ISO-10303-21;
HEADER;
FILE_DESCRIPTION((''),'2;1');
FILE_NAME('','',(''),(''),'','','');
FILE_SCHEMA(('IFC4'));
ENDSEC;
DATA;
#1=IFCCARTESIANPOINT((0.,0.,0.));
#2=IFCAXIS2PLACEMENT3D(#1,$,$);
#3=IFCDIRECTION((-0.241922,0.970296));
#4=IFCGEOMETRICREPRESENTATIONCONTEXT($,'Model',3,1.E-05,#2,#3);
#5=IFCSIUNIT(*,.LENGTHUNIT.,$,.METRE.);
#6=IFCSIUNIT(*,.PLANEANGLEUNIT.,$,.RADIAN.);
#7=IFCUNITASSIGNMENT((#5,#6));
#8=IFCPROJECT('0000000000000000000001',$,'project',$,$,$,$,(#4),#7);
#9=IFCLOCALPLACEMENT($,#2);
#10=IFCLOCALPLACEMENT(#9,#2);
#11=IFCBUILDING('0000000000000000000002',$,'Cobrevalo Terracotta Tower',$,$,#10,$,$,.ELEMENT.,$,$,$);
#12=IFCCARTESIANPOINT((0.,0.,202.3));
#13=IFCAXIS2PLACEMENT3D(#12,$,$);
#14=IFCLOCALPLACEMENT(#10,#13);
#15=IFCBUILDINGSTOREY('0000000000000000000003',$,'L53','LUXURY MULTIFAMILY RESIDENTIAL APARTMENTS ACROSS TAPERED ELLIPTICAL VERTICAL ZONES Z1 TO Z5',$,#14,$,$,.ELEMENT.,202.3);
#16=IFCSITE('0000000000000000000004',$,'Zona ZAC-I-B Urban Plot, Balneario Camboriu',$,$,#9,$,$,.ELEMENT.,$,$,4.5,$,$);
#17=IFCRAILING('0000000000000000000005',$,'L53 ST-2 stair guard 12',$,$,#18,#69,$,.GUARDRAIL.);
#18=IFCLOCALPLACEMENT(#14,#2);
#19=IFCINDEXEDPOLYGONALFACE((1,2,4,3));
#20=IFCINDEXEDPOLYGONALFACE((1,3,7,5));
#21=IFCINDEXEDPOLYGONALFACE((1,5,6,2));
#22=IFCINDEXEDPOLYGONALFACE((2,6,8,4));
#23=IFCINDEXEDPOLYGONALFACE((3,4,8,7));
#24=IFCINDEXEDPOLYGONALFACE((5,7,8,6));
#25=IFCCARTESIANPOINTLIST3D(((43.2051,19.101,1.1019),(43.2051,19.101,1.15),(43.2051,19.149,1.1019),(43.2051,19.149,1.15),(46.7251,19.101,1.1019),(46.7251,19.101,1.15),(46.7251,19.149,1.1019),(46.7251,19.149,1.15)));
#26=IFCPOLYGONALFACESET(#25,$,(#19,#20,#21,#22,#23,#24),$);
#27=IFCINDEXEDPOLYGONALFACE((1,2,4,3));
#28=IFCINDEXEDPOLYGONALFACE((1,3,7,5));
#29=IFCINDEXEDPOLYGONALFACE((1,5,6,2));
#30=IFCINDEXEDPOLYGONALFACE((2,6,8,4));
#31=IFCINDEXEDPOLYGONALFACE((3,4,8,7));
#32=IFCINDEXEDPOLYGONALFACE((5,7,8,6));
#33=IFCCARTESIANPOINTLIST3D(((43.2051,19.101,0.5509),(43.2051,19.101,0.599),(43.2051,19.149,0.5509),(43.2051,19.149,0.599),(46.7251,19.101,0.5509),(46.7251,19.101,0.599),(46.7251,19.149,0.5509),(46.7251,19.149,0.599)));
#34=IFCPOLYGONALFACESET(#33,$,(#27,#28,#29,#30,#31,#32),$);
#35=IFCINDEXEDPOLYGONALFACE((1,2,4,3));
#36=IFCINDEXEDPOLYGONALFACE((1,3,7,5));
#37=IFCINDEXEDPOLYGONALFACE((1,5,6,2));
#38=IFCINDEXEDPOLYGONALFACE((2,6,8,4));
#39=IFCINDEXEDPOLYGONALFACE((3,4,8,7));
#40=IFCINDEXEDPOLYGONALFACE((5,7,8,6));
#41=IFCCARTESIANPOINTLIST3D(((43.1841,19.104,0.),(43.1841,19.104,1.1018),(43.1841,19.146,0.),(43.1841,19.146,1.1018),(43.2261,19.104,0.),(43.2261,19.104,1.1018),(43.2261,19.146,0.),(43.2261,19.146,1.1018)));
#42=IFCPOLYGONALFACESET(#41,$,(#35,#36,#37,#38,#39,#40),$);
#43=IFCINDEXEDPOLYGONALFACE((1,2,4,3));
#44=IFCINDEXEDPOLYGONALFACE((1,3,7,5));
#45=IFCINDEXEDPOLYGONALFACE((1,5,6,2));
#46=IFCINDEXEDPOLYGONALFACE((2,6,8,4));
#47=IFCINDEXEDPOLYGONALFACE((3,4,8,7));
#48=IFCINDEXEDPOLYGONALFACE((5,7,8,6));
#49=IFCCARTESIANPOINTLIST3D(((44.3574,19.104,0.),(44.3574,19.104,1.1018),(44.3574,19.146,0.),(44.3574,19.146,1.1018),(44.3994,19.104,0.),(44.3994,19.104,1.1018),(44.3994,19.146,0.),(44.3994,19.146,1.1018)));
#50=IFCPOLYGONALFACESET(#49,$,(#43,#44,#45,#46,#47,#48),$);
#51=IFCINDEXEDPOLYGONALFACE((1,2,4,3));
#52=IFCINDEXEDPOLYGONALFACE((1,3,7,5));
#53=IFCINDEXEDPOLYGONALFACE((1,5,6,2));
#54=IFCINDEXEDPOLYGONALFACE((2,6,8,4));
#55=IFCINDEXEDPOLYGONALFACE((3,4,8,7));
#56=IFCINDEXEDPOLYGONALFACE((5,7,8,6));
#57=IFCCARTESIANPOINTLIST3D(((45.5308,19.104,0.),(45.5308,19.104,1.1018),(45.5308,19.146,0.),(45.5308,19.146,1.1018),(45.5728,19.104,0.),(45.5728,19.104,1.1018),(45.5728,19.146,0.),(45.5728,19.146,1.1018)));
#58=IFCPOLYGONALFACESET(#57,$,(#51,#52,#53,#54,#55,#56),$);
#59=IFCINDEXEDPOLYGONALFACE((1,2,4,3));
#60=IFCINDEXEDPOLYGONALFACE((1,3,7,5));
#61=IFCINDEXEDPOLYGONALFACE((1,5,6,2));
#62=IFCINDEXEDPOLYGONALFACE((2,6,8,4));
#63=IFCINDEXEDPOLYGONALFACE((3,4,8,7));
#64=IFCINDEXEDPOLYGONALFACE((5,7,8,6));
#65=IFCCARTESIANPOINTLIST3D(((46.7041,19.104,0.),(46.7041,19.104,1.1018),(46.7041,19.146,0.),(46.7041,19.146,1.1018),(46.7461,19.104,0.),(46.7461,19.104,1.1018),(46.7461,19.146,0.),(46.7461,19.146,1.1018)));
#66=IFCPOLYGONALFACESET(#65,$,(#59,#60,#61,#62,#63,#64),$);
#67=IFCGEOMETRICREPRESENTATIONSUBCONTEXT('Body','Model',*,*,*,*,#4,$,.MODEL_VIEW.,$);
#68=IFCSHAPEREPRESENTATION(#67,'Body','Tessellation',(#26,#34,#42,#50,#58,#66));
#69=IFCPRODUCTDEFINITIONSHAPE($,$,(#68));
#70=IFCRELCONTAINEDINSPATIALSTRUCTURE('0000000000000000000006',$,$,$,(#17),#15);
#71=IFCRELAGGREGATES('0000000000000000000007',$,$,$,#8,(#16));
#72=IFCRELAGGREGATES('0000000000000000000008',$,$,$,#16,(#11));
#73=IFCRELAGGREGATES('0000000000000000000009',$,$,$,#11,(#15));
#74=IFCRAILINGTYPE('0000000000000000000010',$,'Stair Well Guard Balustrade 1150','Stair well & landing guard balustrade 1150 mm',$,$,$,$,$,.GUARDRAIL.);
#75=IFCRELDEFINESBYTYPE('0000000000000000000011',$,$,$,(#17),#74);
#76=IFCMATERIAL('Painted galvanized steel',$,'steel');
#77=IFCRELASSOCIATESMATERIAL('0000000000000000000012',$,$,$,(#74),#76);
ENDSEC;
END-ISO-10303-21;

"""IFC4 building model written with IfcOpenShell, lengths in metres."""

from ifc_helpers import new_model, si_unit, direction, frame, origin, origin_2d, place, context, subcontext, project, spatial, rectangle, extrude, material, type_object, element, save


model = new_model("IFC4")

# Units and contexts
model_context = context("Model", 3, precision=1e-05, world=origin(), true_north=direction((-0.241922, 0.970296)))
body_context = subcontext(model_context, "Body", "Model", "MODEL_VIEW")
ifc_project = project(units=[si_unit("LENGTHUNIT", "METRE"), si_unit("PLANEANGLEUNIT", "RADIAN")], contexts=[model_context])

# Site, building, storey
site_placement = place(None, origin())
site = spatial("IfcSite", under=ifc_project, at=site_placement, Name="Zona ZAC-I-B Urban Plot, Balneario Camboriu", CompositionType="ELEMENT", RefElevation=4.5)
building_placement = place(site_placement, origin())
building = spatial("IfcBuilding", under=site, at=building_placement, Name="Cobrevalo Terracotta Tower", CompositionType="ELEMENT")
storey_placement = place(building_placement, frame((0.0, 0.0, 202.3)))
storey = spatial("IfcBuildingStorey", under=building, at=storey_placement, Name="L53", Description="LUXURY MULTIFAMILY RESIDENTIAL APARTMENTS ACROSS TAPERED ELLIPTICAL VERTICAL ZONES Z1 TO Z5", CompositionType="ELEMENT", Elevation=202.3)

# Railing
ifc_material_1 = material(Name="Painted galvanized steel", Category="steel")
railing_type_1 = type_object("IfcRailingType", Name="Stair Well Guard Balustrade 1150", Description="Stair well & landing guard balustrade 1150 mm", PredefinedType="GUARDRAIL", material=ifc_material_1)
railing_1_placement = place(storey_placement, frame((43.2051, 19.125, 0.0)))
element("IfcRailing", 1, at=railing_1_placement, inside=storey, type_object=railing_type_1, Name="L53 ST-2 stair guard 12", PredefinedType="GUARDRAIL", context=body_context, shape_type="SweptSolid", body=[
    extrude(rectangle(XDim=0.0481, YDim=0.0481, at=origin_2d()), frame((0.0, 0.0, 1.126), z_axis=(1.0, 0.0, 0.0), x_axis=(0.0, 1.0, 0.0)), (0.0, 0.0, 1.0), 3.52),
    extrude(rectangle(XDim=0.0481, YDim=0.0481, at=origin_2d()), frame((0.0, 0.0, 0.575), z_axis=(1.0, 0.0, 0.0), x_axis=(0.0, 1.0, 0.0)), (0.0, 0.0, 1.0), 3.52),
    extrude(rectangle(XDim=0.042, YDim=0.042, at=origin_2d()), origin(), (0.0, 0.0, 1.0), 1.1018),
    extrude(rectangle(XDim=0.042, YDim=0.042, at=origin_2d()), frame((1.1733, 0.0, 0.0)), (0.0, 0.0, 1.0), 1.1018),
    extrude(rectangle(XDim=0.042, YDim=0.042, at=origin_2d()), frame((2.3467, 0.0, 0.0)), (0.0, 0.0, 1.0), 1.1018),
    extrude(rectangle(XDim=0.042, YDim=0.042, at=origin_2d()), frame((3.52, 0.0, 0.0)), (0.0, 0.0, 1.0), 1.1018),
])

save(model, "model.ifc")
